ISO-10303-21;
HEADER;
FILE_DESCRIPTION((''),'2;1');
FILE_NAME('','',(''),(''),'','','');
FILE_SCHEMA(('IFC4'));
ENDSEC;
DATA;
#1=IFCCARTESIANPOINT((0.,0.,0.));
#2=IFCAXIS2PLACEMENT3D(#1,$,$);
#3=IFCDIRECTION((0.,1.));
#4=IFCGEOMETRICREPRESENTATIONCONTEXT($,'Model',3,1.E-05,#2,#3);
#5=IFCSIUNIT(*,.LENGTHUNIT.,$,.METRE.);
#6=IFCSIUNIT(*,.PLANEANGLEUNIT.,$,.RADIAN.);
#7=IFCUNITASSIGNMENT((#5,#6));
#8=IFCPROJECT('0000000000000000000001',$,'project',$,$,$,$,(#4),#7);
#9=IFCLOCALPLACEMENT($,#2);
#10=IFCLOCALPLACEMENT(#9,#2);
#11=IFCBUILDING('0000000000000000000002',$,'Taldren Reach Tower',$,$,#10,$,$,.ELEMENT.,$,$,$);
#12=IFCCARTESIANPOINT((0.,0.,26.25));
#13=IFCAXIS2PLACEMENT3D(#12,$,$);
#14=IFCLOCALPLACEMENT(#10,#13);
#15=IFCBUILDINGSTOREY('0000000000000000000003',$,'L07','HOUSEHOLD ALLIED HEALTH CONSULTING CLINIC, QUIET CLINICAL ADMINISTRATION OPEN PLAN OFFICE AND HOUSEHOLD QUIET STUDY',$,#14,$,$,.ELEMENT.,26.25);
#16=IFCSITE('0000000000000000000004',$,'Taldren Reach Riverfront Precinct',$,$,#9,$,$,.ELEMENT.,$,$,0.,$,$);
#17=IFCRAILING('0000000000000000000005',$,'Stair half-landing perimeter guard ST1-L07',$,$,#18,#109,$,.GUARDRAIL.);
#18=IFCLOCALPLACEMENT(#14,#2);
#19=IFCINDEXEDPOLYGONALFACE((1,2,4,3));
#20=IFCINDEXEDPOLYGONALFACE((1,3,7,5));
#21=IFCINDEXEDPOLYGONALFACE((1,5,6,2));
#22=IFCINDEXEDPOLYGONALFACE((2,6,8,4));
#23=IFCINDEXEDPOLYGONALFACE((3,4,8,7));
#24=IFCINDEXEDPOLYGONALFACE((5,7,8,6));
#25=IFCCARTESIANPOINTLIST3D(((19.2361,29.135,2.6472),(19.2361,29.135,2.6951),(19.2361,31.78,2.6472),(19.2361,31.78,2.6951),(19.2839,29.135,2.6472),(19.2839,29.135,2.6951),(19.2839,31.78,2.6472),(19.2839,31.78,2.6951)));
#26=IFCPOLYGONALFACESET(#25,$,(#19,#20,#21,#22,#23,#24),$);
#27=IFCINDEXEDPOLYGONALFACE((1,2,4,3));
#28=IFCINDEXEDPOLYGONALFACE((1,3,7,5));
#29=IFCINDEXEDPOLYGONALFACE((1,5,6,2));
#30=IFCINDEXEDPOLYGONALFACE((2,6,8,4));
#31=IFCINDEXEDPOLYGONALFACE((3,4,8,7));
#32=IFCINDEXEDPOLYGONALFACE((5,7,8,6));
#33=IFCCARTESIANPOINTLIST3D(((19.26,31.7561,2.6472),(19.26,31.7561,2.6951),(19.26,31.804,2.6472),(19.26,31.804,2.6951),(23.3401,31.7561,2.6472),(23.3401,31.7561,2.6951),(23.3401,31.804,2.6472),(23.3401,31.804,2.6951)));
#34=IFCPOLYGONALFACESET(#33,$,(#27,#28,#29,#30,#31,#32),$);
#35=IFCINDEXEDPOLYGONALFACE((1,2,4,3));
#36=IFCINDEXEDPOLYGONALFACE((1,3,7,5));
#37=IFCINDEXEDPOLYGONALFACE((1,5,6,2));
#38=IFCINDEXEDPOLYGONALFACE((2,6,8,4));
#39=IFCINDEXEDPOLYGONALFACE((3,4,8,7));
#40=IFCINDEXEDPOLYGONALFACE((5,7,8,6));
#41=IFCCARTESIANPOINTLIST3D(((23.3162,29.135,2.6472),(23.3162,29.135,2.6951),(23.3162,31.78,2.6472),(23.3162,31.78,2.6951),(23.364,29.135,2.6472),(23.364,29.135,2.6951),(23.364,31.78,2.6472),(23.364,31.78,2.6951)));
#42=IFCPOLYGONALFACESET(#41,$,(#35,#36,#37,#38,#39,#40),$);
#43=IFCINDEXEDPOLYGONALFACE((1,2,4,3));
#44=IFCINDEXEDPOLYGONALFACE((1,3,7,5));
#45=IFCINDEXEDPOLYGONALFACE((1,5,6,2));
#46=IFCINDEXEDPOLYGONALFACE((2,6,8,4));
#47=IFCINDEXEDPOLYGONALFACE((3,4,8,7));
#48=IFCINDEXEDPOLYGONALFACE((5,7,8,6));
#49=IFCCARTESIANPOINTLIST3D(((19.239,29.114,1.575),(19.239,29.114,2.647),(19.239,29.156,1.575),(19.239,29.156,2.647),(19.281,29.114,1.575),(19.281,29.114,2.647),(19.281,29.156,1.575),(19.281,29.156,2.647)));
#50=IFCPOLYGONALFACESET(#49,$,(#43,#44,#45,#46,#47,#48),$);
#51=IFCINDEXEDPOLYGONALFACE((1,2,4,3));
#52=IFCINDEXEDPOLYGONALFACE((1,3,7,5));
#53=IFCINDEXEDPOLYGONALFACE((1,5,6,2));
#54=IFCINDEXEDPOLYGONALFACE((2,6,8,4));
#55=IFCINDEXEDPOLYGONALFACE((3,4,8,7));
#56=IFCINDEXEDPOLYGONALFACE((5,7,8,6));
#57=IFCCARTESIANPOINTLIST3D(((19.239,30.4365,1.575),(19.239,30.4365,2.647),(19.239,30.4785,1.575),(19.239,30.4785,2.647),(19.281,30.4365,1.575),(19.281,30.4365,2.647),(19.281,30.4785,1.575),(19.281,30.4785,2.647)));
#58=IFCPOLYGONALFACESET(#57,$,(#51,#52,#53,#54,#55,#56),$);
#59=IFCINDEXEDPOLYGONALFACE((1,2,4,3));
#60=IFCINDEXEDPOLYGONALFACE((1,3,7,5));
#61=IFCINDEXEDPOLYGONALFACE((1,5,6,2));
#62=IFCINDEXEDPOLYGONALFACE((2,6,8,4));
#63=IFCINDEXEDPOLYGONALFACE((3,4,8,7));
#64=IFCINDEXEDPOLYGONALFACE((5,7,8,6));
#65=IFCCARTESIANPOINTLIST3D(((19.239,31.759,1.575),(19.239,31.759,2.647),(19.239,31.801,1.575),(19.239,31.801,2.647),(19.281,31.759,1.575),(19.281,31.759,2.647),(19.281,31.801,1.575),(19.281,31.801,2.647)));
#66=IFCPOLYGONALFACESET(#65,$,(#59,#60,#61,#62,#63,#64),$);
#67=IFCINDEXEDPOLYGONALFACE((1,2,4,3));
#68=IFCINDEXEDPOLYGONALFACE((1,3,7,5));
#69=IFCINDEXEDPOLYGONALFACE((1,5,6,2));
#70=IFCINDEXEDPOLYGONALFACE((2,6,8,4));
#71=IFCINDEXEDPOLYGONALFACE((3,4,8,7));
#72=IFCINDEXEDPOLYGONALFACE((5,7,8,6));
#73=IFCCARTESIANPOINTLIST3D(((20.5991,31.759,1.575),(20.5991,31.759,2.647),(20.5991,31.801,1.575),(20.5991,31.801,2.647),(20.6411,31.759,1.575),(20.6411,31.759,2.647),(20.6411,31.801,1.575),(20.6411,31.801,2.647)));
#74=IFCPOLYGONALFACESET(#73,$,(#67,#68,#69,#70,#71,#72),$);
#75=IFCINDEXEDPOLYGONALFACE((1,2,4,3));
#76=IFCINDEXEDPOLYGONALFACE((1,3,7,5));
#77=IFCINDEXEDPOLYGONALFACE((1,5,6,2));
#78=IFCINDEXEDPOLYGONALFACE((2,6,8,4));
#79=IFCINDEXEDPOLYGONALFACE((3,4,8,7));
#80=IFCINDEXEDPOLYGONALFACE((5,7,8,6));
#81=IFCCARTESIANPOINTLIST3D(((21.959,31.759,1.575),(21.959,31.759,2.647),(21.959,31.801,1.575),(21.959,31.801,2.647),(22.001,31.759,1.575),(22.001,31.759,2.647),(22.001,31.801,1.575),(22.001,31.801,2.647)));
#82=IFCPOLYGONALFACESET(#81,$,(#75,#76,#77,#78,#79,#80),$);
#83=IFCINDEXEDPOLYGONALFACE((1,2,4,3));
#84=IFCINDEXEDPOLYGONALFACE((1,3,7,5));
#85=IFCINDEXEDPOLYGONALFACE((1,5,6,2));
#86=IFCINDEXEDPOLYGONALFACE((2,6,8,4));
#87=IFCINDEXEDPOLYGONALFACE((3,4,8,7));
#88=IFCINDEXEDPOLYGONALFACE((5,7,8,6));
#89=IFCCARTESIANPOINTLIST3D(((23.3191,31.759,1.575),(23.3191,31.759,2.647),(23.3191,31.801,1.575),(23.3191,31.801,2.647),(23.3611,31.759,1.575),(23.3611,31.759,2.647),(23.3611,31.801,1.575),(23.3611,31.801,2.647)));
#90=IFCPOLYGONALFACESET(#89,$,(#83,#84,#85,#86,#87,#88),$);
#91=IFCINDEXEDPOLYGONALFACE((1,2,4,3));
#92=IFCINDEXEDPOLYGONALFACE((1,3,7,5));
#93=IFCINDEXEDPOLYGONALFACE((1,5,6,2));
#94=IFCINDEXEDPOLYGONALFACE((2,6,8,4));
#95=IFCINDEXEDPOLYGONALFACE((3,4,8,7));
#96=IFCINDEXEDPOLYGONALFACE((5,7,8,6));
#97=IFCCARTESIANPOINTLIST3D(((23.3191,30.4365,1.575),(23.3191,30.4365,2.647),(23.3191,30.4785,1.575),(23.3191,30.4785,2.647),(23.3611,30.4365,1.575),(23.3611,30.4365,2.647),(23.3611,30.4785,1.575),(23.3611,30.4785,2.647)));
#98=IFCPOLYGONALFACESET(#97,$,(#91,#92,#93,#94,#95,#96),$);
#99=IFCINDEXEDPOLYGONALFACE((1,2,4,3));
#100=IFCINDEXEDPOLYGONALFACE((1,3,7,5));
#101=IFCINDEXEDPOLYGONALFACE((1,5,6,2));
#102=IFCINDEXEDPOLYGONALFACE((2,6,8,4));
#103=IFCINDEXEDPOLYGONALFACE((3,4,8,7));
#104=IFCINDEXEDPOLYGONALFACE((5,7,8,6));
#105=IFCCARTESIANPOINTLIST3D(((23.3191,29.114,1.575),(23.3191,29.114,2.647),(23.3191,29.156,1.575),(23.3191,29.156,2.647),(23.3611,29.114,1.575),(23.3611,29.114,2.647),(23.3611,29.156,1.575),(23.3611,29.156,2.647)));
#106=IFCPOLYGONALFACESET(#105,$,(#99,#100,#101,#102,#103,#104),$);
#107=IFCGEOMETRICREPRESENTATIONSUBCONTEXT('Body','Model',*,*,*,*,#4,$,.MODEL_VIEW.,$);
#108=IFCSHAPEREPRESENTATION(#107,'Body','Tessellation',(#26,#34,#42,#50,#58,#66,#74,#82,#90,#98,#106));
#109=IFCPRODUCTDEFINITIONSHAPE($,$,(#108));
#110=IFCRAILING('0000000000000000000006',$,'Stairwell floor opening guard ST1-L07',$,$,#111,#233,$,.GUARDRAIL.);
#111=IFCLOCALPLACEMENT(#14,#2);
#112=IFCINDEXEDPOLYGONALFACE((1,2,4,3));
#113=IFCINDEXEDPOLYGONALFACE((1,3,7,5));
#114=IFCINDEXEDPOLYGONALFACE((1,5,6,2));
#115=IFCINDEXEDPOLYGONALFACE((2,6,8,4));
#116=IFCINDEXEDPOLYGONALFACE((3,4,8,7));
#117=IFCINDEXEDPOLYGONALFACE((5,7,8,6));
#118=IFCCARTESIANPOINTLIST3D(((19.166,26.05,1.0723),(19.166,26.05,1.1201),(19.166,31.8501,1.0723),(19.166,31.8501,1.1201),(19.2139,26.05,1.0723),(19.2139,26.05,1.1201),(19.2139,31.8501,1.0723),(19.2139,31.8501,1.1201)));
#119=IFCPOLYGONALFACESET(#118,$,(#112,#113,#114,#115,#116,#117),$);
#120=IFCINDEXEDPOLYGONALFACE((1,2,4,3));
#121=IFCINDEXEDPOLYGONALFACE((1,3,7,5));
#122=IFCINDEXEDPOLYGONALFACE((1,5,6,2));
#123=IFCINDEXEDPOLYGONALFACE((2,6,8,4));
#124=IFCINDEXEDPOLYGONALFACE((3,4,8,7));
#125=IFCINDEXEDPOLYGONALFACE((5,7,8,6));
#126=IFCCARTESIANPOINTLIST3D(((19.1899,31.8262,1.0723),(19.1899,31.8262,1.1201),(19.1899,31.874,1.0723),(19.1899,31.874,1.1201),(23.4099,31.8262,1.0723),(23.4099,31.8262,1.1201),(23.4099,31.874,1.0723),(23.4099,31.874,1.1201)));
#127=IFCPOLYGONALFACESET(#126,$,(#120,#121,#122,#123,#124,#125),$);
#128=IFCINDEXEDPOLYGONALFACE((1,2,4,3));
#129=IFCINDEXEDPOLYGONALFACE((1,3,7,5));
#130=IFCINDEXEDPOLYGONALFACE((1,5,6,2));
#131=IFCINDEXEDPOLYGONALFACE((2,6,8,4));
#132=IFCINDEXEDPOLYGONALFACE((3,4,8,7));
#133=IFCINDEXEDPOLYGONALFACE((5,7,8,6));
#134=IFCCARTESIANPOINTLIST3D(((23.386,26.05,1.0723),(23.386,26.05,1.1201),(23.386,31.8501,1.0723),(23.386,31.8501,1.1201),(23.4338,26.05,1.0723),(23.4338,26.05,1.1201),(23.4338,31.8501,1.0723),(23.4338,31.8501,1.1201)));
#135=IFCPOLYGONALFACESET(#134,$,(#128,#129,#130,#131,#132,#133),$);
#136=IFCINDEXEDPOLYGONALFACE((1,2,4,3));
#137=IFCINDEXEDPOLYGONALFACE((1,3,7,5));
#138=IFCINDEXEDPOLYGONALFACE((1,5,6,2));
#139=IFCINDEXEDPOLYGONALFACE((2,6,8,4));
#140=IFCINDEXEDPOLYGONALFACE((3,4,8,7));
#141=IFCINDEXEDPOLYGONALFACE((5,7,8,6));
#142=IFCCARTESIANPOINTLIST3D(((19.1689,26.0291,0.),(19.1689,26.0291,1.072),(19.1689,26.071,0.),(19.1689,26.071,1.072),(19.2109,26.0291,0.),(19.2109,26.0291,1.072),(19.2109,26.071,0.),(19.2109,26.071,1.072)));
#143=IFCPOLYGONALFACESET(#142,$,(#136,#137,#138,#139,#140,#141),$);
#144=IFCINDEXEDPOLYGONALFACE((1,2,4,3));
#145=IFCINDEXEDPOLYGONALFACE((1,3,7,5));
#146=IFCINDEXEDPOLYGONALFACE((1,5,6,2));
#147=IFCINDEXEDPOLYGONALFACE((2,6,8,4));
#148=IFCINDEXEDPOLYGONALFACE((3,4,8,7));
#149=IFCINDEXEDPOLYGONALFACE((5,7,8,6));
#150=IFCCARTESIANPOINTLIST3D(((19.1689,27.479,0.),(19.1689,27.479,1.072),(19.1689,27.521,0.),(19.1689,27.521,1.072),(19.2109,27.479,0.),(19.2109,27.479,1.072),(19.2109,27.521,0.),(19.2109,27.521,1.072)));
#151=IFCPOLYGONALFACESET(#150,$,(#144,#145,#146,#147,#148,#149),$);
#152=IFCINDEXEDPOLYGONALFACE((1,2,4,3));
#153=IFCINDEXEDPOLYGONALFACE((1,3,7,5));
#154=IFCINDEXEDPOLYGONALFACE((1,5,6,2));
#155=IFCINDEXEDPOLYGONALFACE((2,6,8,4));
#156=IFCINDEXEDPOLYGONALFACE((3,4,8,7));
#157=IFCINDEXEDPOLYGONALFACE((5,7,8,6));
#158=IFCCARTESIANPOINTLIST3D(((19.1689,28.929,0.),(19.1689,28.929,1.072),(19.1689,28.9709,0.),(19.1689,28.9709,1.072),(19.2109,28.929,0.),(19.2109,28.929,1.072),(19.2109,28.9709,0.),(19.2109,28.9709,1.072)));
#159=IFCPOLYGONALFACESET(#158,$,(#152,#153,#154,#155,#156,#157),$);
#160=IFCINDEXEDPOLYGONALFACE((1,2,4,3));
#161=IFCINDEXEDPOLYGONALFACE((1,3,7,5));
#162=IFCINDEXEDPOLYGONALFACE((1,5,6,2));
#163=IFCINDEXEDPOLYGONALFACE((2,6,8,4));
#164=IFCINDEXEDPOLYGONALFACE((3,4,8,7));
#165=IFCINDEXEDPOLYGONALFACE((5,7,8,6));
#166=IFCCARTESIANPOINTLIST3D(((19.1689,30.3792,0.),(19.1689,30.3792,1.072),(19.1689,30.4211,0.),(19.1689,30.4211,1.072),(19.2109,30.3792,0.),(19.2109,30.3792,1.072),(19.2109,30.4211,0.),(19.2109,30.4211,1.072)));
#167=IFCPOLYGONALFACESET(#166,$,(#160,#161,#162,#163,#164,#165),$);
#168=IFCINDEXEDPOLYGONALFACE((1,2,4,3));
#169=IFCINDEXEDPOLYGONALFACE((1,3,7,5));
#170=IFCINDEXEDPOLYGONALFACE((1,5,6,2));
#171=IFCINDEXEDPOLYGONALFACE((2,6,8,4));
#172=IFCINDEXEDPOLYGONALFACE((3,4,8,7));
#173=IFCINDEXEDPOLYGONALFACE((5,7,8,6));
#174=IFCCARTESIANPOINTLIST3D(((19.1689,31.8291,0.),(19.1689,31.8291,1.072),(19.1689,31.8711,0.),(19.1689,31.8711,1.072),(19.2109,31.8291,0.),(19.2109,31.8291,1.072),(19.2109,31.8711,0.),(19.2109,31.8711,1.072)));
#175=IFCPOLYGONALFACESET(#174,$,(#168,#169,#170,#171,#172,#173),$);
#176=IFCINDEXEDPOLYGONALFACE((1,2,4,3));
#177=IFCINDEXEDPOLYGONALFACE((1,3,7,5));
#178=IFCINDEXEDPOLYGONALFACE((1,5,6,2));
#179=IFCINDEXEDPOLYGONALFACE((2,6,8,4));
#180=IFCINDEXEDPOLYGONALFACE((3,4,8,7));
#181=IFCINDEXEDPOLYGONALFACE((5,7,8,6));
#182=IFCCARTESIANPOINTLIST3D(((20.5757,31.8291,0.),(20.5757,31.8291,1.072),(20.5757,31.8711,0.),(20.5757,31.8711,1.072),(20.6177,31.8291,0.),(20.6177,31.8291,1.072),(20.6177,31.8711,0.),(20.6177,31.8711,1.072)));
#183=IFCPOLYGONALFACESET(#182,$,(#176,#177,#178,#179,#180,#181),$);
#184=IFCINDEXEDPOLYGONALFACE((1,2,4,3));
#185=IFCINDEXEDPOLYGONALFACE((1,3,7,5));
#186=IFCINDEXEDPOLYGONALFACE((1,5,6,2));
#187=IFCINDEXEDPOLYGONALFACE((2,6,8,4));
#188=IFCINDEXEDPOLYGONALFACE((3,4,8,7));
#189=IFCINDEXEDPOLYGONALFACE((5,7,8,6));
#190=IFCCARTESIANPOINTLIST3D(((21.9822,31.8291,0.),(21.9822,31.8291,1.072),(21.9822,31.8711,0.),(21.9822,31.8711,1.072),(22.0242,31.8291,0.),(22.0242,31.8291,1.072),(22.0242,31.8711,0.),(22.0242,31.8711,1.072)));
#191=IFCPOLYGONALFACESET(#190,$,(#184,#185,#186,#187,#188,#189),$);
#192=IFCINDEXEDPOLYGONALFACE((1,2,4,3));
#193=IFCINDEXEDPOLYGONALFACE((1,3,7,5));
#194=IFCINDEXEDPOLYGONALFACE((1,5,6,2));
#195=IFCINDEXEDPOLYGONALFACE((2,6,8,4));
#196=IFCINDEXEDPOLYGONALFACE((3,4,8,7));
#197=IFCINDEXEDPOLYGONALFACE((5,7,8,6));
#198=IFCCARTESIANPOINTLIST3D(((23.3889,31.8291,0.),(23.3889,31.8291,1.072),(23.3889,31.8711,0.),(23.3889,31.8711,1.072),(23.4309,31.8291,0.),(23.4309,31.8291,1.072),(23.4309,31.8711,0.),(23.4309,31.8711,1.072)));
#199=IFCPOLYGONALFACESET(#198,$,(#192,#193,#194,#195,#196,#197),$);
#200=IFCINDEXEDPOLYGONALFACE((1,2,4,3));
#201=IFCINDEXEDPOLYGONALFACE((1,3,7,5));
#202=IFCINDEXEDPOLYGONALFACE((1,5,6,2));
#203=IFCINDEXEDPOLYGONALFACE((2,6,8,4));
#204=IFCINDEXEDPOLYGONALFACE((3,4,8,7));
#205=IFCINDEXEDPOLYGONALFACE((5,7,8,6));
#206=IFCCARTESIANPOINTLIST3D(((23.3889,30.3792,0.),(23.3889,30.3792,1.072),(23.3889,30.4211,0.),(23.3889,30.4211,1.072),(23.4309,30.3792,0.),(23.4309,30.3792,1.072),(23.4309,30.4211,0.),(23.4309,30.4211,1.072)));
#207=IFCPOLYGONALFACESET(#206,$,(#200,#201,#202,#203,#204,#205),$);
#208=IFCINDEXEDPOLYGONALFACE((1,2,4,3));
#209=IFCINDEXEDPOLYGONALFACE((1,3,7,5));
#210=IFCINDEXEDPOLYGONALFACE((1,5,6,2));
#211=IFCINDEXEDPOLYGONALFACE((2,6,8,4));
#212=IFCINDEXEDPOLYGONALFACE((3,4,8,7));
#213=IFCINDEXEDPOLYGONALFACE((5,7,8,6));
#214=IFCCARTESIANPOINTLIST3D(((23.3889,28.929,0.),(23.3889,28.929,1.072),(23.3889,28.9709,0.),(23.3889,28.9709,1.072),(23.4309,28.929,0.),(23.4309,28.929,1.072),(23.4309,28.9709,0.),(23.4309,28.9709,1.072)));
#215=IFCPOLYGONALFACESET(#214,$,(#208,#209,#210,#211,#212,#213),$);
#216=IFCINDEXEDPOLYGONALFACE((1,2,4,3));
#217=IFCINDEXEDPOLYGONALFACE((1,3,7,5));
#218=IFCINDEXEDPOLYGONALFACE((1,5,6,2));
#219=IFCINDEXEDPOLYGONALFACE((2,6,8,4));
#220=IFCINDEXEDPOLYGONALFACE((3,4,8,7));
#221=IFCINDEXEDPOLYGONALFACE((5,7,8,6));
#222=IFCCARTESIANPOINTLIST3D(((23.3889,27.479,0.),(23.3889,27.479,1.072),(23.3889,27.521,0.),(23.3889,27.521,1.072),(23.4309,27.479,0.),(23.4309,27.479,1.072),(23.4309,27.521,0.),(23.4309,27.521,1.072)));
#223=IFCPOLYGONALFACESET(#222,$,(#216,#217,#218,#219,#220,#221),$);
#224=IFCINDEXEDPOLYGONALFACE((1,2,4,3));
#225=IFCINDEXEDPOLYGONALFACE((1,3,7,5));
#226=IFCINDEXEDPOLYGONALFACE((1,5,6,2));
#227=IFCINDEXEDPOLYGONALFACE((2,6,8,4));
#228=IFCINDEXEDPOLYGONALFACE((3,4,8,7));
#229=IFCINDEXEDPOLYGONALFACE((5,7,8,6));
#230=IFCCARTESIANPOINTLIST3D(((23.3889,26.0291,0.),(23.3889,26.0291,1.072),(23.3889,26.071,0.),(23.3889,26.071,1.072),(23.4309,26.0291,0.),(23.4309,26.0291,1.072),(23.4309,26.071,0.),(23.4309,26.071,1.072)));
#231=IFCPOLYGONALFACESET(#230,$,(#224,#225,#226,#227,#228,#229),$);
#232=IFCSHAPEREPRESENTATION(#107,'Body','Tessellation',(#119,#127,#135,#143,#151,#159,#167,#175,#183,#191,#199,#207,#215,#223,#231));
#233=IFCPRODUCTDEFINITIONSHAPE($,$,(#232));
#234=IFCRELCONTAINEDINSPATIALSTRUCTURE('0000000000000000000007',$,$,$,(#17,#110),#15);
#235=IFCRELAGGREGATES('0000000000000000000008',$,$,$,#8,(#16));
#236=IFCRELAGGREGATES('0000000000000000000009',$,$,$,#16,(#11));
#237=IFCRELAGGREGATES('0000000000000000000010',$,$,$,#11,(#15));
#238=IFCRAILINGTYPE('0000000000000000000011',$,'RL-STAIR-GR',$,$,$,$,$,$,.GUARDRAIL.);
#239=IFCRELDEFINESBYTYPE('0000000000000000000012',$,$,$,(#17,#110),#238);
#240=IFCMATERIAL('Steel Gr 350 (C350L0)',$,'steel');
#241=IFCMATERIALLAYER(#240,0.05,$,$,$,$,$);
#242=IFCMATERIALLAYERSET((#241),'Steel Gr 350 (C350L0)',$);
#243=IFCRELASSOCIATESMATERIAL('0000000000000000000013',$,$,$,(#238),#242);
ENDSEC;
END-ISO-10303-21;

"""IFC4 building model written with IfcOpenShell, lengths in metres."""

from ifc_helpers import new_model, si_unit, direction, frame, origin, origin_2d, place, context, subcontext, project, spatial, rectangle, extrude, material, layer, layer_set, type_object, element, save


model = new_model("IFC4")

# Units and contexts
model_context = context("Model", 3, precision=1e-05, world=origin(), true_north=direction((0.0, 1.0)))
body_context = subcontext(model_context, "Body", "Model", "MODEL_VIEW")
ifc_project = project(units=[si_unit("LENGTHUNIT", "METRE"), si_unit("PLANEANGLEUNIT", "RADIAN")], contexts=[model_context])

# Site, building, storey
site_placement = place(None, origin())
site = spatial("IfcSite", under=ifc_project, at=site_placement, Name="Taldren Reach Riverfront Precinct", CompositionType="ELEMENT", RefElevation=0.0)
building_placement = place(site_placement, origin())
building = spatial("IfcBuilding", under=site, at=building_placement, Name="Taldren Reach Tower", CompositionType="ELEMENT")
storey_placement = place(building_placement, frame((0.0, 0.0, 26.25)))
storey = spatial("IfcBuildingStorey", under=building, at=storey_placement, Name="L07", Description="HOUSEHOLD ALLIED HEALTH CONSULTING CLINIC, QUIET CLINICAL ADMINISTRATION OPEN PLAN OFFICE AND HOUSEHOLD QUIET STUDY", CompositionType="ELEMENT", Elevation=26.25)

# Shared definitions
ifc_material_1 = material(Name="Steel Gr 350 (C350L0)", Category="steel")

# Railings
ifc_layer_1 = layer(ifc_material_1, 0.05)
ifc_layer_set_1 = layer_set([ifc_layer_1], Name="Steel Gr 350 (C350L0)")
railing_type_1 = type_object("IfcRailingType", Name="RL-STAIR-GR", PredefinedType="GUARDRAIL", material=ifc_layer_set_1)
railing_1_placement = place(storey_placement, frame((19.26, 29.135, 1.575)))
element("IfcRailing", 1, at=railing_1_placement, inside=storey, type_object=railing_type_1, Name="Stair half-landing perimeter guard ST1-L07", PredefinedType="GUARDRAIL", context=body_context, shape_type="SweptSolid", body=[
    extrude(rectangle(XDim=0.0479, YDim=0.0479, at=origin_2d()), frame((0.0, 0.0, 1.0962), z_axis=(0.0, 1.0, 0.0), x_axis=(-1.0, 0.0, 0.0)), (0.0, 0.0, 1.0), 2.645),
    extrude(rectangle(XDim=0.0479, YDim=0.0479, at=origin_2d()), frame((0.0, 2.645, 1.0962), z_axis=(1.0, 0.0, 0.0), x_axis=(0.0, 1.0, 0.0)), (0.0, 0.0, 1.0), 4.0801),
    extrude(rectangle(XDim=0.0479, YDim=0.0479, at=origin_2d()), frame((4.0801, 2.645, 1.0962), z_axis=(0.0, -1.0, 0.0), x_axis=(1.0, 0.0, 0.0)), (0.0, 0.0, 1.0), 2.645),
    extrude(rectangle(XDim=0.042, YDim=0.042, at=origin_2d()), origin(), (0.0, 0.0, 1.0), 1.072),
    extrude(rectangle(XDim=0.042, YDim=0.042, at=origin_2d()), frame((0.0, 1.3225, 0.0)), (0.0, 0.0, 1.0), 1.072),
    extrude(rectangle(XDim=0.042, YDim=0.042, at=origin_2d()), frame((0.0, 2.645, 0.0)), (0.0, 0.0, 1.0), 1.072),
    extrude(rectangle(XDim=0.042, YDim=0.042, at=origin_2d()), frame((1.3601, 2.645, 0.0)), (0.0, 0.0, 1.0), 1.072),
    extrude(rectangle(XDim=0.042, YDim=0.042, at=origin_2d()), frame((2.72, 2.645, 0.0)), (0.0, 0.0, 1.0), 1.072),
    extrude(rectangle(XDim=0.042, YDim=0.042, at=origin_2d()), frame((4.0801, 2.645, 0.0)), (0.0, 0.0, 1.0), 1.072),
    extrude(rectangle(XDim=0.042, YDim=0.042, at=origin_2d()), frame((4.0801, 1.3225, 0.0)), (0.0, 0.0, 1.0), 1.072),
    extrude(rectangle(XDim=0.042, YDim=0.042, at=origin_2d()), frame((4.0801, 0.0, 0.0)), (0.0, 0.0, 1.0), 1.072),
])
railing_2_placement = place(storey_placement, frame((19.1899, 26.05, 0.0)))
element("IfcRailing", 2, at=railing_2_placement, inside=storey, type_object=railing_type_1, Name="Stairwell floor opening guard ST1-L07", PredefinedType="GUARDRAIL", context=body_context, shape_type="SweptSolid", body=[
    extrude(rectangle(XDim=0.0479, YDim=0.0479, at=origin_2d()), frame((0.0, 0.0, 1.0962), z_axis=(0.0, 1.0, 0.0), x_axis=(-1.0, 0.0, 0.0)), (0.0, 0.0, 1.0), 5.8),
    extrude(rectangle(XDim=0.0479, YDim=0.0479, at=origin_2d()), frame((0.0, 5.8, 1.0962), z_axis=(1.0, 0.0, 0.0), x_axis=(0.0, 1.0, 0.0)), (0.0, 0.0, 1.0), 4.22),
    extrude(rectangle(XDim=0.0479, YDim=0.0479, at=origin_2d()), frame((4.22, 5.8, 1.0962), z_axis=(0.0, -1.0, 0.0), x_axis=(1.0, 0.0, 0.0)), (0.0, 0.0, 1.0), 5.8),
    extrude(rectangle(XDim=0.042, YDim=0.042, at=origin_2d()), origin(), (0.0, 0.0, 1.0), 1.072),
    extrude(rectangle(XDim=0.042, YDim=0.042, at=origin_2d()), frame((0.0, 1.45, 0.0)), (0.0, 0.0, 1.0), 1.072),
    extrude(rectangle(XDim=0.042, YDim=0.042, at=origin_2d()), frame((0.0, 2.8999, 0.0)), (0.0, 0.0, 1.0), 1.072),
    extrude(rectangle(XDim=0.042, YDim=0.042, at=origin_2d()), frame((0.0, 4.3501, 0.0)), (0.0, 0.0, 1.0), 1.072),
    extrude(rectangle(XDim=0.042, YDim=0.042, at=origin_2d()), frame((0.0, 5.8, 0.0)), (0.0, 0.0, 1.0), 1.072),
    extrude(rectangle(XDim=0.042, YDim=0.042, at=origin_2d()), frame((1.4067, 5.8, 0.0)), (0.0, 0.0, 1.0), 1.072),
    extrude(rectangle(XDim=0.042, YDim=0.042, at=origin_2d()), frame((2.8132, 5.8, 0.0)), (0.0, 0.0, 1.0), 1.072),
    extrude(rectangle(XDim=0.042, YDim=0.042, at=origin_2d()), frame((4.22, 5.8, 0.0)), (0.0, 0.0, 1.0), 1.072),
    extrude(rectangle(XDim=0.042, YDim=0.042, at=origin_2d()), frame((4.22, 4.3501, 0.0)), (0.0, 0.0, 1.0), 1.072),
    extrude(rectangle(XDim=0.042, YDim=0.042, at=origin_2d()), frame((4.22, 2.8999, 0.0)), (0.0, 0.0, 1.0), 1.072),
    extrude(rectangle(XDim=0.042, YDim=0.042, at=origin_2d()), frame((4.22, 1.45, 0.0)), (0.0, 0.0, 1.0), 1.072),
    extrude(rectangle(XDim=0.042, YDim=0.042, at=origin_2d()), frame((4.22, 0.0, 0.0)), (0.0, 0.0, 1.0), 1.072),
])

save(model, "model.ifc")
